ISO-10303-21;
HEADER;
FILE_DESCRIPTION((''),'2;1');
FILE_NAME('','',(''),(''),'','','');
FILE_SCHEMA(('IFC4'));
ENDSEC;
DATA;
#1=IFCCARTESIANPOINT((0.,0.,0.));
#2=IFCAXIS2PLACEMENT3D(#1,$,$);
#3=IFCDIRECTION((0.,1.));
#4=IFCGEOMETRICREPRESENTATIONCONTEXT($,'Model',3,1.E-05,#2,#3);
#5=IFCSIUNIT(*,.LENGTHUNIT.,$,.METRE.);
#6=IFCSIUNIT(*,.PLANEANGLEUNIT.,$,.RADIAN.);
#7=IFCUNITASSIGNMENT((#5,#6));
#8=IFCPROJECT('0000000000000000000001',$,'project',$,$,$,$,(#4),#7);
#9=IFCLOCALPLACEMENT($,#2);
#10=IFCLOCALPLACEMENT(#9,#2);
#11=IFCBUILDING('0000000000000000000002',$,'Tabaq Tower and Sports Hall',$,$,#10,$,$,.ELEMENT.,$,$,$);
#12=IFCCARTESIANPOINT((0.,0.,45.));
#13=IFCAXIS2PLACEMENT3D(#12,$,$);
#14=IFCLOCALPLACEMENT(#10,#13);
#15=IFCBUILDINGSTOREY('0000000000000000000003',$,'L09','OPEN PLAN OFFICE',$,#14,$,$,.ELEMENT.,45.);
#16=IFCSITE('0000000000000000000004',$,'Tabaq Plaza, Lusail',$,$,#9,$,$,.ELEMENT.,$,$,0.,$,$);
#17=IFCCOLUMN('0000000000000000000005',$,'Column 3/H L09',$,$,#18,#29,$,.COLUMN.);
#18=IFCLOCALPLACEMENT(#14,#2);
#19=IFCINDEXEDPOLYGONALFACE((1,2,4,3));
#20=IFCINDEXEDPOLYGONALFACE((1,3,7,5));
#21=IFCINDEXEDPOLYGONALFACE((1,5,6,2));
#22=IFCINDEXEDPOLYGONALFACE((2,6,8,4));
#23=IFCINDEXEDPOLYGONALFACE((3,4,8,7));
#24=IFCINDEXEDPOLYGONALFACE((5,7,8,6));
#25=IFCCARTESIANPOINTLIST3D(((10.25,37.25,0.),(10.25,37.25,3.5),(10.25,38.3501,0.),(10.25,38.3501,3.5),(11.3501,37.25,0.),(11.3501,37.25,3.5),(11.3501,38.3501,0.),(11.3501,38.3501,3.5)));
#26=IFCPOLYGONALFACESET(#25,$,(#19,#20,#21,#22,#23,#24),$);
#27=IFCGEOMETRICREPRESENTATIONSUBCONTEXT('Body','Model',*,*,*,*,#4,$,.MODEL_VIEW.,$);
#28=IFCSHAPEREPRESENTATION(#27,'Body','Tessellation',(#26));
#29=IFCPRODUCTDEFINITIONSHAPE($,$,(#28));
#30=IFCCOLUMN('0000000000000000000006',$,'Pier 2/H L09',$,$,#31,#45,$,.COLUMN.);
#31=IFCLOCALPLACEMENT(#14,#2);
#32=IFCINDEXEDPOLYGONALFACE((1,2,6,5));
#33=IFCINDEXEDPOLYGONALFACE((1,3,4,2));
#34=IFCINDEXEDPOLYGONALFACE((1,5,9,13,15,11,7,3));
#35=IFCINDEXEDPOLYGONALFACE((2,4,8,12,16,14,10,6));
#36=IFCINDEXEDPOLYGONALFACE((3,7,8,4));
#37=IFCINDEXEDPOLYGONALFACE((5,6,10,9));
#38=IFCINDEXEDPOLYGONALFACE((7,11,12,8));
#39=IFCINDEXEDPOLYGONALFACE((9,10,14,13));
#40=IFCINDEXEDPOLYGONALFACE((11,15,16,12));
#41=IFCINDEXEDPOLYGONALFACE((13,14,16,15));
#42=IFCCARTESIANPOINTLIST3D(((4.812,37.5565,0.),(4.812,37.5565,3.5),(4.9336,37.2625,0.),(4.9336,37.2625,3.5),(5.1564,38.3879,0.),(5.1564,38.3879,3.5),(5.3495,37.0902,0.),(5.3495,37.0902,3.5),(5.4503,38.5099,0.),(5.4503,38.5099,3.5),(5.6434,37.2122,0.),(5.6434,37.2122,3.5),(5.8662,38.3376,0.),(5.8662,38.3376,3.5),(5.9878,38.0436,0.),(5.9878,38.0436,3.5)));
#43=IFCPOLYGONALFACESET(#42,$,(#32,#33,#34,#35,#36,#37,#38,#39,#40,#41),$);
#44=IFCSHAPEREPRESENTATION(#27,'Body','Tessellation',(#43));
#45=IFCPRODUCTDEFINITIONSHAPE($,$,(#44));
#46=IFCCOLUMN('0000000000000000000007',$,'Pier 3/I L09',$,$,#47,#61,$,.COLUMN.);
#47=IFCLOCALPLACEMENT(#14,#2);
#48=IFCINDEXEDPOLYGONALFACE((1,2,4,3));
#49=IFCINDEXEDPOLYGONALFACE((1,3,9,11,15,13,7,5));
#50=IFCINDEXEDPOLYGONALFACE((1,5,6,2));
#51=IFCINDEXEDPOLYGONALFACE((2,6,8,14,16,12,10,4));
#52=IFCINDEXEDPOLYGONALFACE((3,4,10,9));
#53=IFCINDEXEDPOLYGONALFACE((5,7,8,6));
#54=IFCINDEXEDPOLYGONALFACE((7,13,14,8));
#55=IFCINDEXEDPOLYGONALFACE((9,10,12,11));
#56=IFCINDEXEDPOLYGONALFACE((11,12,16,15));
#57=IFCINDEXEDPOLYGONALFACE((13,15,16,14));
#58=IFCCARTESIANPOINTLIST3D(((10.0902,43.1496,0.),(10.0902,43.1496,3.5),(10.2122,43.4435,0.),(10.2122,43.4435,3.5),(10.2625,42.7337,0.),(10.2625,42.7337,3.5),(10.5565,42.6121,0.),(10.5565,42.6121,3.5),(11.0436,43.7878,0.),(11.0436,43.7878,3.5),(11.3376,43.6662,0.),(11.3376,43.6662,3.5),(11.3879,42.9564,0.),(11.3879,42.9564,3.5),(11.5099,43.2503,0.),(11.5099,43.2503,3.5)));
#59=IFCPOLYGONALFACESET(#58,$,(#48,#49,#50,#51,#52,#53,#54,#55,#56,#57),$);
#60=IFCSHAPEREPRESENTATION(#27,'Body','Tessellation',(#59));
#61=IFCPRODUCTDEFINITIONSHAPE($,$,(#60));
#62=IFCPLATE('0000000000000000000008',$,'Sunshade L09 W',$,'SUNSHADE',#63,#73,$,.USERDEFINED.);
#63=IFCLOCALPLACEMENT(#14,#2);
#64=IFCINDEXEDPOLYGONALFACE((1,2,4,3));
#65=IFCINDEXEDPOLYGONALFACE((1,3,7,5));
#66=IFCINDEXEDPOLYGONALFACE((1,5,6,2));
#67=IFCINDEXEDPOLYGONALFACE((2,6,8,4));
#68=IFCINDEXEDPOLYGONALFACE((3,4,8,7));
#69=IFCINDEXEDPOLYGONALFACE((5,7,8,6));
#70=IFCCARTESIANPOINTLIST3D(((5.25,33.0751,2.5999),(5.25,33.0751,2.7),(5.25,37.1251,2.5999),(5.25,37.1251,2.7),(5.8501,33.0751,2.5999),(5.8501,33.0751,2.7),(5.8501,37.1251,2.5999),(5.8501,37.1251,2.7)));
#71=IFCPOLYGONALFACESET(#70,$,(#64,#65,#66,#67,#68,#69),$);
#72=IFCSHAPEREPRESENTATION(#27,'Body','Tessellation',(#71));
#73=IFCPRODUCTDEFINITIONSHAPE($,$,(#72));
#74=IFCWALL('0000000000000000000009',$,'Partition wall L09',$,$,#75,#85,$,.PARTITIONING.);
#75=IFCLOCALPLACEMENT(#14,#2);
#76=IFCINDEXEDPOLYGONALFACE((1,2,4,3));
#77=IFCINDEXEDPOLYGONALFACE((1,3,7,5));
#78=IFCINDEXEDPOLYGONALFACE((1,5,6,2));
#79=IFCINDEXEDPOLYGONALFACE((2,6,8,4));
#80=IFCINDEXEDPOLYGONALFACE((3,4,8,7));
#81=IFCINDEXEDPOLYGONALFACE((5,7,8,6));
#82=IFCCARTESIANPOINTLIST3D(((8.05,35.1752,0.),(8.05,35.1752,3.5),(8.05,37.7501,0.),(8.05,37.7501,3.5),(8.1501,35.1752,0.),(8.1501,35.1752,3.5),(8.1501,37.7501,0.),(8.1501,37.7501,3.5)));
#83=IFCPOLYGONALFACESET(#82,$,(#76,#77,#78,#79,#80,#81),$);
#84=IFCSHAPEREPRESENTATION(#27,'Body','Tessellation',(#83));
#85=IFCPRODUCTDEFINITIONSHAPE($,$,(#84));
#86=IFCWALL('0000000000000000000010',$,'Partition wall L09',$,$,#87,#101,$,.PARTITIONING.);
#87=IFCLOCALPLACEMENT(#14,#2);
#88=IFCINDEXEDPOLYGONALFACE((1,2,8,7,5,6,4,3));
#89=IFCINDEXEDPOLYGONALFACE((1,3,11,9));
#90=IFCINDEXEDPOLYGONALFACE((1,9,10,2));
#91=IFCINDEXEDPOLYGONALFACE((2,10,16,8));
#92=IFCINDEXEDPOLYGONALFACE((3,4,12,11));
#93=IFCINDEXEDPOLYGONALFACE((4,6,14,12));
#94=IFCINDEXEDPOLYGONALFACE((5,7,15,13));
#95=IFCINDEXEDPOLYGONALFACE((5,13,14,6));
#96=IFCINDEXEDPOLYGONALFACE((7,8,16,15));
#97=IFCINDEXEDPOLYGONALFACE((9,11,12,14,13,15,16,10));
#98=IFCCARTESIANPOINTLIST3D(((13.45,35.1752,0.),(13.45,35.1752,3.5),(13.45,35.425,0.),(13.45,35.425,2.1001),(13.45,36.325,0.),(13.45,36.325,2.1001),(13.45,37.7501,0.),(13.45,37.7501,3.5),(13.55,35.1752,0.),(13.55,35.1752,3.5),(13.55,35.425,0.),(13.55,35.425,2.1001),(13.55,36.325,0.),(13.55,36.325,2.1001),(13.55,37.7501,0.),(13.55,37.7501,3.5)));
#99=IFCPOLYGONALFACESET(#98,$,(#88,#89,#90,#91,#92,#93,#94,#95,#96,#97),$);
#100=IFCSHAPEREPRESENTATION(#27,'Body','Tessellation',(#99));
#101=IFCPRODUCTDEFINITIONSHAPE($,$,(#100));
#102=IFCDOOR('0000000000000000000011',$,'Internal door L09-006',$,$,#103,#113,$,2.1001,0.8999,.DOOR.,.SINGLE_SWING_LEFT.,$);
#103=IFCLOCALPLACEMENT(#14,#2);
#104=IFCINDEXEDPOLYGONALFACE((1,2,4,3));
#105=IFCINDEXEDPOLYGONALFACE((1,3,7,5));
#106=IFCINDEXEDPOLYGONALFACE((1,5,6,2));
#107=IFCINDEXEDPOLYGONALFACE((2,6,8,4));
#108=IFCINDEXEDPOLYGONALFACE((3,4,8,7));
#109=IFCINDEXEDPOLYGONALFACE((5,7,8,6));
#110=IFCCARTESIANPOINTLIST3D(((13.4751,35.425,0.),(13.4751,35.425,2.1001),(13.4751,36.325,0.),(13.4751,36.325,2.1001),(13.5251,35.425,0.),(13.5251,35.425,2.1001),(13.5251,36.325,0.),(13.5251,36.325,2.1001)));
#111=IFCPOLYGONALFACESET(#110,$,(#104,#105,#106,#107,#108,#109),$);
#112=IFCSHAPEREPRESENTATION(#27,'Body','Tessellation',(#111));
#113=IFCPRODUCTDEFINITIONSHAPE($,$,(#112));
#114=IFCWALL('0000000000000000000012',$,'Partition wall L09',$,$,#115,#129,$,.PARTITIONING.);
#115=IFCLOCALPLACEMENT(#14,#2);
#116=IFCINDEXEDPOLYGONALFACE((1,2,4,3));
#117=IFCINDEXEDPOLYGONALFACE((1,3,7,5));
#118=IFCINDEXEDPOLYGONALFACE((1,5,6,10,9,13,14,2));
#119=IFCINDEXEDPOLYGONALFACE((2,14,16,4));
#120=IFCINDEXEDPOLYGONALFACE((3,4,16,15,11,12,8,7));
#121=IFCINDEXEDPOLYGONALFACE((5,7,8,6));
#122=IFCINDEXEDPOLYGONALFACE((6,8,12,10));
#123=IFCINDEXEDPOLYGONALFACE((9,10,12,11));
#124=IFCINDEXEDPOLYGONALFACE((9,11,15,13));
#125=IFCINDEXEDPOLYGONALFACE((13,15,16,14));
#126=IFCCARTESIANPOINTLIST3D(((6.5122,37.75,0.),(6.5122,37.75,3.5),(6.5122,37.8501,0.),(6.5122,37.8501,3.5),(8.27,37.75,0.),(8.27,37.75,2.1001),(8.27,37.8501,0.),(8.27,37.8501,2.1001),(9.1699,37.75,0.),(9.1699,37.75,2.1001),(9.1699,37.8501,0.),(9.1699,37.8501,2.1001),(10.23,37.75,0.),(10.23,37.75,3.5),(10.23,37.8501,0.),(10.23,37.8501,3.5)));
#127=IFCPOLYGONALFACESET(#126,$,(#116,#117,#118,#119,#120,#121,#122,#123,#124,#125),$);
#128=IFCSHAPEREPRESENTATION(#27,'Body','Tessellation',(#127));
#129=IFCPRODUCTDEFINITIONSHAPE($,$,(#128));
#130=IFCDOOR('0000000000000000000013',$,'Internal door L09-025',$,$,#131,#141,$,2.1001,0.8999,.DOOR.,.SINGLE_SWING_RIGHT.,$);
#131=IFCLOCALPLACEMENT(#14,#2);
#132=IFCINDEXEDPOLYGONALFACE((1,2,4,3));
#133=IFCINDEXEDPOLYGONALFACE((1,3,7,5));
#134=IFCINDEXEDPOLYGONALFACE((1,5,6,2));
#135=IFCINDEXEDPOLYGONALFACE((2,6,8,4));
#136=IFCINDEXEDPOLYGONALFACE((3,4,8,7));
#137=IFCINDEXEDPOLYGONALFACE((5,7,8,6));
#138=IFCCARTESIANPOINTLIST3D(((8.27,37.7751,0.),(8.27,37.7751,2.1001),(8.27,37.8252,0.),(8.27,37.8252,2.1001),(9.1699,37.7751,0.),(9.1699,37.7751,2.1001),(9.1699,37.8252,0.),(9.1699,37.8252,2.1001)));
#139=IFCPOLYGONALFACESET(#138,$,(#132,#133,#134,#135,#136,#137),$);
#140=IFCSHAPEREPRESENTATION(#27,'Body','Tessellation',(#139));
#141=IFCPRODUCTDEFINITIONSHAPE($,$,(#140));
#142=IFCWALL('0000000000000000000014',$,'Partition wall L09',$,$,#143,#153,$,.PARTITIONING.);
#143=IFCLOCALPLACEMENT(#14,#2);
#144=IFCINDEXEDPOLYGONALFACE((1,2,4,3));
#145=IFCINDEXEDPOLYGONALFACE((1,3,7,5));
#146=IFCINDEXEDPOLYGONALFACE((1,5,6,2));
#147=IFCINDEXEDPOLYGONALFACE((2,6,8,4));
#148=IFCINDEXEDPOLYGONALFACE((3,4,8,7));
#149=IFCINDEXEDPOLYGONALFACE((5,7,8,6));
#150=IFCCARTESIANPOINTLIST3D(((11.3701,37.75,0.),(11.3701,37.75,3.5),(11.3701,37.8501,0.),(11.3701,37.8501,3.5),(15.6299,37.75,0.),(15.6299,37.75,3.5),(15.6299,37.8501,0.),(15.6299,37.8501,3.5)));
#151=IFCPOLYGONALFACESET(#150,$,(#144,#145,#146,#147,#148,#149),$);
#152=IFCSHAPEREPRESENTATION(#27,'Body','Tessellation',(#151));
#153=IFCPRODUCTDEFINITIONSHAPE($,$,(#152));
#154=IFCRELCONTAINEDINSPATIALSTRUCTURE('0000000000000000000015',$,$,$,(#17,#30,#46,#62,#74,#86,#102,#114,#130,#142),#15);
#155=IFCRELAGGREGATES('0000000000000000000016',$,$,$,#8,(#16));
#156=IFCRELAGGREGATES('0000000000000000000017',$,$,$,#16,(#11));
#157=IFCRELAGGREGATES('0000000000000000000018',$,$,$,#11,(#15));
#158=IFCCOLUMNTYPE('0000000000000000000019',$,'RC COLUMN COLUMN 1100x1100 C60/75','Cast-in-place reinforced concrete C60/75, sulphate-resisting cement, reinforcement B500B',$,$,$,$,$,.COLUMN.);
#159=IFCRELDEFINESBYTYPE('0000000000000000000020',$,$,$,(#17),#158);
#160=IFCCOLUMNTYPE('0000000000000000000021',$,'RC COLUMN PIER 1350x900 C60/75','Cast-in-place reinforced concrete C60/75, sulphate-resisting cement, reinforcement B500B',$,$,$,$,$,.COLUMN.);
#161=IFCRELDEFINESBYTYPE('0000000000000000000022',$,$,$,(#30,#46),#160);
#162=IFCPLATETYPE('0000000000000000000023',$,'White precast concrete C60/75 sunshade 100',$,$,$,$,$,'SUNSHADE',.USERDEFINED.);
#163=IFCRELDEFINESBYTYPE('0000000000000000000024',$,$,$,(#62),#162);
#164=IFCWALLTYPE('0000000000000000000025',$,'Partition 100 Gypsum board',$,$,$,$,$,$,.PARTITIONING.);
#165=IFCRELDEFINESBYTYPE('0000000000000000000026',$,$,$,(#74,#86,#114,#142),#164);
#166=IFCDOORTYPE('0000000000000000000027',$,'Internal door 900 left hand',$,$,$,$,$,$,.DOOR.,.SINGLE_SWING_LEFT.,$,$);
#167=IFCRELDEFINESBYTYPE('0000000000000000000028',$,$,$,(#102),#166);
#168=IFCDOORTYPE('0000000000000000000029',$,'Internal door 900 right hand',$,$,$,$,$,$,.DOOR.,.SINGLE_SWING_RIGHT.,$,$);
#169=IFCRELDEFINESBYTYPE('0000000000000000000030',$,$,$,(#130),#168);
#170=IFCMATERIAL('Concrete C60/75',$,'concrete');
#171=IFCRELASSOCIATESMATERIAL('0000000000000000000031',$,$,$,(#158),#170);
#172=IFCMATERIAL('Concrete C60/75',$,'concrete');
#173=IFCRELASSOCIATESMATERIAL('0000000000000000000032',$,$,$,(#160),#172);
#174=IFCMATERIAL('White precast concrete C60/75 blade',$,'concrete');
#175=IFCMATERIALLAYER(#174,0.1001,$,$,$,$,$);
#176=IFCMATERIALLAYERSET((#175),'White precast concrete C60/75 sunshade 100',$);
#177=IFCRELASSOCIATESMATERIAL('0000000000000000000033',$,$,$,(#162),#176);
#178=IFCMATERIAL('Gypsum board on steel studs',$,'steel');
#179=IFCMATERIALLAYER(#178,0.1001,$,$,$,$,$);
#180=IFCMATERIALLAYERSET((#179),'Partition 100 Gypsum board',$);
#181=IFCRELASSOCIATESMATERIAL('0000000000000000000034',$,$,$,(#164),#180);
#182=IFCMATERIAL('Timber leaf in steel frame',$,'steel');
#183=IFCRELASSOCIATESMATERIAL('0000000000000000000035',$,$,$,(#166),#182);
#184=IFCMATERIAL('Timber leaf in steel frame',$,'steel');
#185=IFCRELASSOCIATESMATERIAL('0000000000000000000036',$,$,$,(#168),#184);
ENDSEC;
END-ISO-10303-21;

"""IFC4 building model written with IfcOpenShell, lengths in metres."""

from ifc_helpers import new_model, si_unit, direction, frame, frame_2d, origin, origin_2d, place, context, subcontext, project, spatial, polyline, rectangle, outline, extrude, material, layer, layer_set, material_profile, profile_set, type_object, element, fill, save


model = new_model("IFC4")

# Units and contexts
model_context = context("Model", 3, precision=1e-05, world=origin(), true_north=direction((0.0, 1.0)))
body_context = subcontext(model_context, "Body", "Model", "MODEL_VIEW")
ifc_project = project(units=[si_unit("LENGTHUNIT", "METRE"), si_unit("PLANEANGLEUNIT", "RADIAN")], contexts=[model_context])

# Site, building, storey
site_placement = place(None, origin())
site = spatial("IfcSite", under=ifc_project, at=site_placement, Name="Tabaq Plaza, Lusail", CompositionType="ELEMENT", RefElevation=0.0)
building_placement = place(site_placement, origin())
building = spatial("IfcBuilding", under=site, at=building_placement, Name="Tabaq Tower and Sports Hall", CompositionType="ELEMENT")
storey_placement = place(building_placement, frame((0.0, 0.0, 45.0)))
storey = spatial("IfcBuildingStorey", under=building, at=storey_placement, Name="L09", Description="OPEN PLAN OFFICE", CompositionType="ELEMENT", Elevation=45.0)

# Columns
ifc_material_1 = material(Name="Concrete C60/75", Category="concrete")
ifc_material_profile_1 = material_profile(ifc_material_1, rectangle(XDim=1.1001, YDim=1.1001, at=origin_2d()), Name="COLUMN 1100x1100")
ifc_profile_set_1 = profile_set([ifc_material_profile_1], Name="Concrete C60/75")
column_type_1 = type_object("IfcColumnType", Name="RC COLUMN COLUMN 1100x1100 C60/75", Description="Cast-in-place reinforced concrete C60/75, sulphate-resisting cement, reinforcement B500B", PredefinedType="COLUMN", material=ifc_profile_set_1)
column_placement = place(storey_placement, frame((10.8, 37.8, 0.0), z_axis=(0.0, 0.0, 1.0), x_axis=(1.0, 0.0, 0.0)))
element("IfcColumn", 1, at=column_placement, inside=storey, type_object=column_type_1, Name="Column 3/H L09", PredefinedType="COLUMN", context=body_context, shape_type="SweptSolid", body=[
    extrude(rectangle(XDim=1.1001, YDim=1.1001, at=origin_2d()), origin(), (0.0, 0.0, 1.0), 3.5),
])
ifc_material_2 = material(Name="Concrete C60/75", Category="concrete")
ifc_material_profile_2 = material_profile(ifc_material_2, outline(polyline([(-0.45, -0.45), (0.45, -0.45), (0.675, -0.2251), (0.675, 0.2251), (0.45, 0.45), (-0.45, 0.45), (-0.675, 0.2251), (-0.675, -0.2251), (-0.45, -0.45)])), Name="PIER 1350x900")
ifc_profile_set_2 = profile_set([ifc_material_profile_2], Name="Concrete C60/75")
column_type_2 = type_object("IfcColumnType", Name="RC COLUMN PIER 1350x900 C60/75", Description="Cast-in-place reinforced concrete C60/75, sulphate-resisting cement, reinforcement B500B", PredefinedType="COLUMN", material=ifc_profile_set_2)
for number, where, z_axis, x_axis, name in (
    (2, (5.3999, 37.8, 0.0), (0.0, 0.0, 1.0), (0.382683, 0.92388, 0.0), "Pier 2/H L09"),
    (3, (10.8, 43.2, 0.0), (0.0, 0.0, 1.0), (0.92388, 0.382683, 0.0), "Pier 3/I L09"),
):
    element("IfcColumn", number, at=place(storey_placement, frame(where, z_axis=z_axis, x_axis=x_axis)), inside=storey, type_object=column_type_2, Name=name, PredefinedType="COLUMN", context=body_context, shape_type="SweptSolid", body=[
        extrude(outline(polyline([(-0.45, -0.45), (0.45, -0.45), (0.675, -0.2251), (0.675, 0.2251), (0.45, 0.45), (-0.45, 0.45), (-0.675, 0.2251), (-0.675, -0.2251), (-0.45, -0.45)])), origin(), (0.0, 0.0, 1.0), 3.5),
    ])

# Plate
ifc_material_3 = material(Name="White precast concrete C60/75 blade", Category="concrete")
ifc_layer_1 = layer(ifc_material_3, 0.1001)
ifc_layer_set_1 = layer_set([ifc_layer_1], Name="White precast concrete C60/75 sunshade 100")
plate_type = type_object("IfcPlateType", Name="White precast concrete C60/75 sunshade 100", ElementType="SUNSHADE", PredefinedType="USERDEFINED", material=ifc_layer_set_1)
plate_placement = place(storey_placement, frame((5.55, 35.1001, 2.5999), z_axis=(0.0, 0.0, 1.0), x_axis=(0.0, -1.0, 0.0)))
element("IfcPlate", 4, at=plate_placement, inside=storey, type_object=plate_type, Name="Sunshade L09 W", ObjectType="SUNSHADE", PredefinedType="USERDEFINED", context=body_context, shape_type="SweptSolid", body=[
    extrude(rectangle(XDim=4.05, YDim=0.6001, at=origin_2d()), origin(), (0.0, 0.0, 1.0), 0.1001),
])

# Wall
ifc_material_4 = material(Name="Gypsum board on steel studs", Category="steel")
ifc_layer_2 = layer(ifc_material_4, 0.1001)
ifc_layer_set_2 = layer_set([ifc_layer_2], Name="Partition 100 Gypsum board")
wall_type_1 = type_object("IfcWallType", Name="Partition 100 Gypsum board", PredefinedType="PARTITIONING", material=ifc_layer_set_2)
wall_1_placement = place(storey_placement, frame((8.1001, 35.175, 0.0), z_axis=(0.0, 0.0, 1.0), x_axis=(0.0, 1.0, 0.0)))
element("IfcWall", 5, at=wall_1_placement, inside=storey, type_object=wall_type_1, Name="Partition wall L09", PredefinedType="PARTITIONING", context=body_context, shape_type="SweptSolid", body=[
    extrude(rectangle(XDim=2.575, YDim=0.1001, at=frame_2d((1.2876, 0.0))), origin(), (0.0, 0.0, 1.0), 3.5),
])

# Walls, openings, doors
wall_2_placement = place(storey_placement, frame((13.5, 35.175, 0.0), z_axis=(0.0, 0.0, 1.0), x_axis=(0.0, 1.0, 0.0)))
wall_2 = element("IfcWall", 6, at=wall_2_placement, inside=storey, type_object=wall_type_1, Name="Partition wall L09", PredefinedType="PARTITIONING", context=body_context, shape_type="SweptSolid", body=[
    extrude(rectangle(XDim=2.575, YDim=0.1001, at=frame_2d((1.2876, 0.0))), origin(), (0.0, 0.0, 1.0), 3.5),
])
opening_1_placement = place(wall_2_placement, frame((0.25, 0.0, 0.0)))
opening_1 = element("IfcOpeningElement", 7, at=opening_1_placement, cuts=wall_2, PredefinedType="OPENING", context=body_context, shape_type="SweptSolid", body=[
    extrude(rectangle(XDim=0.8999, YDim=2.1001, at=frame_2d((0.45, 1.05))), frame((0.0, 0.05, 0.0), z_axis=(0.0, -1.0, 0.0), x_axis=(1.0, 0.0, 0.0)), (0.0, 0.0, 1.0), 0.1001),
])
ifc_material_5 = material(Name="Timber leaf in steel frame", Category="steel")
door_type_1 = type_object("IfcDoorType", Name="Internal door 900 left hand", OperationType="SINGLE_SWING_LEFT", PredefinedType="DOOR", material=ifc_material_5)
door_1_placement = place(opening_1_placement, origin())
door_1 = element("IfcDoor", 8, at=door_1_placement, inside=storey, type_object=door_type_1, Name="Internal door L09-006", OperationType="SINGLE_SWING_LEFT", OverallHeight=2.1001, OverallWidth=0.8999, PredefinedType="DOOR", context=body_context, shape_type="SweptSolid", body=[
    extrude(rectangle(XDim=0.8999, YDim=2.1001, at=frame_2d((0.45, 1.05))), frame((0.0, 0.0249, 0.0), z_axis=(0.0, -1.0, 0.0), x_axis=(1.0, 0.0, 0.0)), (0.0, 0.0, 1.0), 0.05),
])
fill(opening_1, door_1)
wall_3_placement = place(storey_placement, frame((10.23, 37.8, 0.0), z_axis=(0.0, 0.0, 1.0), x_axis=(-1.0, 0.0, 0.0)))
wall_3 = element("IfcWall", 9, at=wall_3_placement, inside=storey, type_object=wall_type_1, Name="Partition wall L09", PredefinedType="PARTITIONING", context=body_context, shape_type="SweptSolid", body=[
    extrude(rectangle(XDim=3.7178, YDim=0.1001, at=frame_2d((1.8589, 0.0))), origin(), (0.0, 0.0, 1.0), 3.5),
])
opening_2_placement = place(wall_3_placement, frame((1.0601, 0.0, 0.0)))
opening_2 = element("IfcOpeningElement", 10, at=opening_2_placement, cuts=wall_3, PredefinedType="OPENING", context=body_context, shape_type="SweptSolid", body=[
    extrude(rectangle(XDim=0.8999, YDim=2.1001, at=frame_2d((0.45, 1.05))), frame((0.0, 0.05, 0.0), z_axis=(0.0, -1.0, 0.0), x_axis=(1.0, 0.0, 0.0)), (0.0, 0.0, 1.0), 0.1001),
])
ifc_material_6 = material(Name="Timber leaf in steel frame", Category="steel")
door_type_2 = type_object("IfcDoorType", Name="Internal door 900 right hand", OperationType="SINGLE_SWING_RIGHT", PredefinedType="DOOR", material=ifc_material_6)
door_2_placement = place(opening_2_placement, origin())
door_2 = element("IfcDoor", 11, at=door_2_placement, inside=storey, type_object=door_type_2, Name="Internal door L09-025", OperationType="SINGLE_SWING_RIGHT", OverallHeight=2.1001, OverallWidth=0.8999, PredefinedType="DOOR", context=body_context, shape_type="SweptSolid", body=[
    extrude(rectangle(XDim=0.8999, YDim=2.1001, at=frame_2d((0.45, 1.05))), frame((0.0, 0.0249, 0.0), z_axis=(0.0, -1.0, 0.0), x_axis=(1.0, 0.0, 0.0)), (0.0, 0.0, 1.0), 0.05),
])
fill(opening_2, door_2)

# Wall
wall_4_placement = place(storey_placement, frame((15.6299, 37.8, 0.0), z_axis=(0.0, 0.0, 1.0), x_axis=(-1.0, 0.0, 0.0)))
element("IfcWall", 12, at=wall_4_placement, inside=storey, type_object=wall_type_1, Name="Partition wall L09", PredefinedType="PARTITIONING", context=body_context, shape_type="SweptSolid", body=[
    extrude(rectangle(XDim=4.2598, YDim=0.1001, at=frame_2d((2.1299, 0.0))), origin(), (0.0, 0.0, 1.0), 3.5),
])

save(model, "model.ifc")
